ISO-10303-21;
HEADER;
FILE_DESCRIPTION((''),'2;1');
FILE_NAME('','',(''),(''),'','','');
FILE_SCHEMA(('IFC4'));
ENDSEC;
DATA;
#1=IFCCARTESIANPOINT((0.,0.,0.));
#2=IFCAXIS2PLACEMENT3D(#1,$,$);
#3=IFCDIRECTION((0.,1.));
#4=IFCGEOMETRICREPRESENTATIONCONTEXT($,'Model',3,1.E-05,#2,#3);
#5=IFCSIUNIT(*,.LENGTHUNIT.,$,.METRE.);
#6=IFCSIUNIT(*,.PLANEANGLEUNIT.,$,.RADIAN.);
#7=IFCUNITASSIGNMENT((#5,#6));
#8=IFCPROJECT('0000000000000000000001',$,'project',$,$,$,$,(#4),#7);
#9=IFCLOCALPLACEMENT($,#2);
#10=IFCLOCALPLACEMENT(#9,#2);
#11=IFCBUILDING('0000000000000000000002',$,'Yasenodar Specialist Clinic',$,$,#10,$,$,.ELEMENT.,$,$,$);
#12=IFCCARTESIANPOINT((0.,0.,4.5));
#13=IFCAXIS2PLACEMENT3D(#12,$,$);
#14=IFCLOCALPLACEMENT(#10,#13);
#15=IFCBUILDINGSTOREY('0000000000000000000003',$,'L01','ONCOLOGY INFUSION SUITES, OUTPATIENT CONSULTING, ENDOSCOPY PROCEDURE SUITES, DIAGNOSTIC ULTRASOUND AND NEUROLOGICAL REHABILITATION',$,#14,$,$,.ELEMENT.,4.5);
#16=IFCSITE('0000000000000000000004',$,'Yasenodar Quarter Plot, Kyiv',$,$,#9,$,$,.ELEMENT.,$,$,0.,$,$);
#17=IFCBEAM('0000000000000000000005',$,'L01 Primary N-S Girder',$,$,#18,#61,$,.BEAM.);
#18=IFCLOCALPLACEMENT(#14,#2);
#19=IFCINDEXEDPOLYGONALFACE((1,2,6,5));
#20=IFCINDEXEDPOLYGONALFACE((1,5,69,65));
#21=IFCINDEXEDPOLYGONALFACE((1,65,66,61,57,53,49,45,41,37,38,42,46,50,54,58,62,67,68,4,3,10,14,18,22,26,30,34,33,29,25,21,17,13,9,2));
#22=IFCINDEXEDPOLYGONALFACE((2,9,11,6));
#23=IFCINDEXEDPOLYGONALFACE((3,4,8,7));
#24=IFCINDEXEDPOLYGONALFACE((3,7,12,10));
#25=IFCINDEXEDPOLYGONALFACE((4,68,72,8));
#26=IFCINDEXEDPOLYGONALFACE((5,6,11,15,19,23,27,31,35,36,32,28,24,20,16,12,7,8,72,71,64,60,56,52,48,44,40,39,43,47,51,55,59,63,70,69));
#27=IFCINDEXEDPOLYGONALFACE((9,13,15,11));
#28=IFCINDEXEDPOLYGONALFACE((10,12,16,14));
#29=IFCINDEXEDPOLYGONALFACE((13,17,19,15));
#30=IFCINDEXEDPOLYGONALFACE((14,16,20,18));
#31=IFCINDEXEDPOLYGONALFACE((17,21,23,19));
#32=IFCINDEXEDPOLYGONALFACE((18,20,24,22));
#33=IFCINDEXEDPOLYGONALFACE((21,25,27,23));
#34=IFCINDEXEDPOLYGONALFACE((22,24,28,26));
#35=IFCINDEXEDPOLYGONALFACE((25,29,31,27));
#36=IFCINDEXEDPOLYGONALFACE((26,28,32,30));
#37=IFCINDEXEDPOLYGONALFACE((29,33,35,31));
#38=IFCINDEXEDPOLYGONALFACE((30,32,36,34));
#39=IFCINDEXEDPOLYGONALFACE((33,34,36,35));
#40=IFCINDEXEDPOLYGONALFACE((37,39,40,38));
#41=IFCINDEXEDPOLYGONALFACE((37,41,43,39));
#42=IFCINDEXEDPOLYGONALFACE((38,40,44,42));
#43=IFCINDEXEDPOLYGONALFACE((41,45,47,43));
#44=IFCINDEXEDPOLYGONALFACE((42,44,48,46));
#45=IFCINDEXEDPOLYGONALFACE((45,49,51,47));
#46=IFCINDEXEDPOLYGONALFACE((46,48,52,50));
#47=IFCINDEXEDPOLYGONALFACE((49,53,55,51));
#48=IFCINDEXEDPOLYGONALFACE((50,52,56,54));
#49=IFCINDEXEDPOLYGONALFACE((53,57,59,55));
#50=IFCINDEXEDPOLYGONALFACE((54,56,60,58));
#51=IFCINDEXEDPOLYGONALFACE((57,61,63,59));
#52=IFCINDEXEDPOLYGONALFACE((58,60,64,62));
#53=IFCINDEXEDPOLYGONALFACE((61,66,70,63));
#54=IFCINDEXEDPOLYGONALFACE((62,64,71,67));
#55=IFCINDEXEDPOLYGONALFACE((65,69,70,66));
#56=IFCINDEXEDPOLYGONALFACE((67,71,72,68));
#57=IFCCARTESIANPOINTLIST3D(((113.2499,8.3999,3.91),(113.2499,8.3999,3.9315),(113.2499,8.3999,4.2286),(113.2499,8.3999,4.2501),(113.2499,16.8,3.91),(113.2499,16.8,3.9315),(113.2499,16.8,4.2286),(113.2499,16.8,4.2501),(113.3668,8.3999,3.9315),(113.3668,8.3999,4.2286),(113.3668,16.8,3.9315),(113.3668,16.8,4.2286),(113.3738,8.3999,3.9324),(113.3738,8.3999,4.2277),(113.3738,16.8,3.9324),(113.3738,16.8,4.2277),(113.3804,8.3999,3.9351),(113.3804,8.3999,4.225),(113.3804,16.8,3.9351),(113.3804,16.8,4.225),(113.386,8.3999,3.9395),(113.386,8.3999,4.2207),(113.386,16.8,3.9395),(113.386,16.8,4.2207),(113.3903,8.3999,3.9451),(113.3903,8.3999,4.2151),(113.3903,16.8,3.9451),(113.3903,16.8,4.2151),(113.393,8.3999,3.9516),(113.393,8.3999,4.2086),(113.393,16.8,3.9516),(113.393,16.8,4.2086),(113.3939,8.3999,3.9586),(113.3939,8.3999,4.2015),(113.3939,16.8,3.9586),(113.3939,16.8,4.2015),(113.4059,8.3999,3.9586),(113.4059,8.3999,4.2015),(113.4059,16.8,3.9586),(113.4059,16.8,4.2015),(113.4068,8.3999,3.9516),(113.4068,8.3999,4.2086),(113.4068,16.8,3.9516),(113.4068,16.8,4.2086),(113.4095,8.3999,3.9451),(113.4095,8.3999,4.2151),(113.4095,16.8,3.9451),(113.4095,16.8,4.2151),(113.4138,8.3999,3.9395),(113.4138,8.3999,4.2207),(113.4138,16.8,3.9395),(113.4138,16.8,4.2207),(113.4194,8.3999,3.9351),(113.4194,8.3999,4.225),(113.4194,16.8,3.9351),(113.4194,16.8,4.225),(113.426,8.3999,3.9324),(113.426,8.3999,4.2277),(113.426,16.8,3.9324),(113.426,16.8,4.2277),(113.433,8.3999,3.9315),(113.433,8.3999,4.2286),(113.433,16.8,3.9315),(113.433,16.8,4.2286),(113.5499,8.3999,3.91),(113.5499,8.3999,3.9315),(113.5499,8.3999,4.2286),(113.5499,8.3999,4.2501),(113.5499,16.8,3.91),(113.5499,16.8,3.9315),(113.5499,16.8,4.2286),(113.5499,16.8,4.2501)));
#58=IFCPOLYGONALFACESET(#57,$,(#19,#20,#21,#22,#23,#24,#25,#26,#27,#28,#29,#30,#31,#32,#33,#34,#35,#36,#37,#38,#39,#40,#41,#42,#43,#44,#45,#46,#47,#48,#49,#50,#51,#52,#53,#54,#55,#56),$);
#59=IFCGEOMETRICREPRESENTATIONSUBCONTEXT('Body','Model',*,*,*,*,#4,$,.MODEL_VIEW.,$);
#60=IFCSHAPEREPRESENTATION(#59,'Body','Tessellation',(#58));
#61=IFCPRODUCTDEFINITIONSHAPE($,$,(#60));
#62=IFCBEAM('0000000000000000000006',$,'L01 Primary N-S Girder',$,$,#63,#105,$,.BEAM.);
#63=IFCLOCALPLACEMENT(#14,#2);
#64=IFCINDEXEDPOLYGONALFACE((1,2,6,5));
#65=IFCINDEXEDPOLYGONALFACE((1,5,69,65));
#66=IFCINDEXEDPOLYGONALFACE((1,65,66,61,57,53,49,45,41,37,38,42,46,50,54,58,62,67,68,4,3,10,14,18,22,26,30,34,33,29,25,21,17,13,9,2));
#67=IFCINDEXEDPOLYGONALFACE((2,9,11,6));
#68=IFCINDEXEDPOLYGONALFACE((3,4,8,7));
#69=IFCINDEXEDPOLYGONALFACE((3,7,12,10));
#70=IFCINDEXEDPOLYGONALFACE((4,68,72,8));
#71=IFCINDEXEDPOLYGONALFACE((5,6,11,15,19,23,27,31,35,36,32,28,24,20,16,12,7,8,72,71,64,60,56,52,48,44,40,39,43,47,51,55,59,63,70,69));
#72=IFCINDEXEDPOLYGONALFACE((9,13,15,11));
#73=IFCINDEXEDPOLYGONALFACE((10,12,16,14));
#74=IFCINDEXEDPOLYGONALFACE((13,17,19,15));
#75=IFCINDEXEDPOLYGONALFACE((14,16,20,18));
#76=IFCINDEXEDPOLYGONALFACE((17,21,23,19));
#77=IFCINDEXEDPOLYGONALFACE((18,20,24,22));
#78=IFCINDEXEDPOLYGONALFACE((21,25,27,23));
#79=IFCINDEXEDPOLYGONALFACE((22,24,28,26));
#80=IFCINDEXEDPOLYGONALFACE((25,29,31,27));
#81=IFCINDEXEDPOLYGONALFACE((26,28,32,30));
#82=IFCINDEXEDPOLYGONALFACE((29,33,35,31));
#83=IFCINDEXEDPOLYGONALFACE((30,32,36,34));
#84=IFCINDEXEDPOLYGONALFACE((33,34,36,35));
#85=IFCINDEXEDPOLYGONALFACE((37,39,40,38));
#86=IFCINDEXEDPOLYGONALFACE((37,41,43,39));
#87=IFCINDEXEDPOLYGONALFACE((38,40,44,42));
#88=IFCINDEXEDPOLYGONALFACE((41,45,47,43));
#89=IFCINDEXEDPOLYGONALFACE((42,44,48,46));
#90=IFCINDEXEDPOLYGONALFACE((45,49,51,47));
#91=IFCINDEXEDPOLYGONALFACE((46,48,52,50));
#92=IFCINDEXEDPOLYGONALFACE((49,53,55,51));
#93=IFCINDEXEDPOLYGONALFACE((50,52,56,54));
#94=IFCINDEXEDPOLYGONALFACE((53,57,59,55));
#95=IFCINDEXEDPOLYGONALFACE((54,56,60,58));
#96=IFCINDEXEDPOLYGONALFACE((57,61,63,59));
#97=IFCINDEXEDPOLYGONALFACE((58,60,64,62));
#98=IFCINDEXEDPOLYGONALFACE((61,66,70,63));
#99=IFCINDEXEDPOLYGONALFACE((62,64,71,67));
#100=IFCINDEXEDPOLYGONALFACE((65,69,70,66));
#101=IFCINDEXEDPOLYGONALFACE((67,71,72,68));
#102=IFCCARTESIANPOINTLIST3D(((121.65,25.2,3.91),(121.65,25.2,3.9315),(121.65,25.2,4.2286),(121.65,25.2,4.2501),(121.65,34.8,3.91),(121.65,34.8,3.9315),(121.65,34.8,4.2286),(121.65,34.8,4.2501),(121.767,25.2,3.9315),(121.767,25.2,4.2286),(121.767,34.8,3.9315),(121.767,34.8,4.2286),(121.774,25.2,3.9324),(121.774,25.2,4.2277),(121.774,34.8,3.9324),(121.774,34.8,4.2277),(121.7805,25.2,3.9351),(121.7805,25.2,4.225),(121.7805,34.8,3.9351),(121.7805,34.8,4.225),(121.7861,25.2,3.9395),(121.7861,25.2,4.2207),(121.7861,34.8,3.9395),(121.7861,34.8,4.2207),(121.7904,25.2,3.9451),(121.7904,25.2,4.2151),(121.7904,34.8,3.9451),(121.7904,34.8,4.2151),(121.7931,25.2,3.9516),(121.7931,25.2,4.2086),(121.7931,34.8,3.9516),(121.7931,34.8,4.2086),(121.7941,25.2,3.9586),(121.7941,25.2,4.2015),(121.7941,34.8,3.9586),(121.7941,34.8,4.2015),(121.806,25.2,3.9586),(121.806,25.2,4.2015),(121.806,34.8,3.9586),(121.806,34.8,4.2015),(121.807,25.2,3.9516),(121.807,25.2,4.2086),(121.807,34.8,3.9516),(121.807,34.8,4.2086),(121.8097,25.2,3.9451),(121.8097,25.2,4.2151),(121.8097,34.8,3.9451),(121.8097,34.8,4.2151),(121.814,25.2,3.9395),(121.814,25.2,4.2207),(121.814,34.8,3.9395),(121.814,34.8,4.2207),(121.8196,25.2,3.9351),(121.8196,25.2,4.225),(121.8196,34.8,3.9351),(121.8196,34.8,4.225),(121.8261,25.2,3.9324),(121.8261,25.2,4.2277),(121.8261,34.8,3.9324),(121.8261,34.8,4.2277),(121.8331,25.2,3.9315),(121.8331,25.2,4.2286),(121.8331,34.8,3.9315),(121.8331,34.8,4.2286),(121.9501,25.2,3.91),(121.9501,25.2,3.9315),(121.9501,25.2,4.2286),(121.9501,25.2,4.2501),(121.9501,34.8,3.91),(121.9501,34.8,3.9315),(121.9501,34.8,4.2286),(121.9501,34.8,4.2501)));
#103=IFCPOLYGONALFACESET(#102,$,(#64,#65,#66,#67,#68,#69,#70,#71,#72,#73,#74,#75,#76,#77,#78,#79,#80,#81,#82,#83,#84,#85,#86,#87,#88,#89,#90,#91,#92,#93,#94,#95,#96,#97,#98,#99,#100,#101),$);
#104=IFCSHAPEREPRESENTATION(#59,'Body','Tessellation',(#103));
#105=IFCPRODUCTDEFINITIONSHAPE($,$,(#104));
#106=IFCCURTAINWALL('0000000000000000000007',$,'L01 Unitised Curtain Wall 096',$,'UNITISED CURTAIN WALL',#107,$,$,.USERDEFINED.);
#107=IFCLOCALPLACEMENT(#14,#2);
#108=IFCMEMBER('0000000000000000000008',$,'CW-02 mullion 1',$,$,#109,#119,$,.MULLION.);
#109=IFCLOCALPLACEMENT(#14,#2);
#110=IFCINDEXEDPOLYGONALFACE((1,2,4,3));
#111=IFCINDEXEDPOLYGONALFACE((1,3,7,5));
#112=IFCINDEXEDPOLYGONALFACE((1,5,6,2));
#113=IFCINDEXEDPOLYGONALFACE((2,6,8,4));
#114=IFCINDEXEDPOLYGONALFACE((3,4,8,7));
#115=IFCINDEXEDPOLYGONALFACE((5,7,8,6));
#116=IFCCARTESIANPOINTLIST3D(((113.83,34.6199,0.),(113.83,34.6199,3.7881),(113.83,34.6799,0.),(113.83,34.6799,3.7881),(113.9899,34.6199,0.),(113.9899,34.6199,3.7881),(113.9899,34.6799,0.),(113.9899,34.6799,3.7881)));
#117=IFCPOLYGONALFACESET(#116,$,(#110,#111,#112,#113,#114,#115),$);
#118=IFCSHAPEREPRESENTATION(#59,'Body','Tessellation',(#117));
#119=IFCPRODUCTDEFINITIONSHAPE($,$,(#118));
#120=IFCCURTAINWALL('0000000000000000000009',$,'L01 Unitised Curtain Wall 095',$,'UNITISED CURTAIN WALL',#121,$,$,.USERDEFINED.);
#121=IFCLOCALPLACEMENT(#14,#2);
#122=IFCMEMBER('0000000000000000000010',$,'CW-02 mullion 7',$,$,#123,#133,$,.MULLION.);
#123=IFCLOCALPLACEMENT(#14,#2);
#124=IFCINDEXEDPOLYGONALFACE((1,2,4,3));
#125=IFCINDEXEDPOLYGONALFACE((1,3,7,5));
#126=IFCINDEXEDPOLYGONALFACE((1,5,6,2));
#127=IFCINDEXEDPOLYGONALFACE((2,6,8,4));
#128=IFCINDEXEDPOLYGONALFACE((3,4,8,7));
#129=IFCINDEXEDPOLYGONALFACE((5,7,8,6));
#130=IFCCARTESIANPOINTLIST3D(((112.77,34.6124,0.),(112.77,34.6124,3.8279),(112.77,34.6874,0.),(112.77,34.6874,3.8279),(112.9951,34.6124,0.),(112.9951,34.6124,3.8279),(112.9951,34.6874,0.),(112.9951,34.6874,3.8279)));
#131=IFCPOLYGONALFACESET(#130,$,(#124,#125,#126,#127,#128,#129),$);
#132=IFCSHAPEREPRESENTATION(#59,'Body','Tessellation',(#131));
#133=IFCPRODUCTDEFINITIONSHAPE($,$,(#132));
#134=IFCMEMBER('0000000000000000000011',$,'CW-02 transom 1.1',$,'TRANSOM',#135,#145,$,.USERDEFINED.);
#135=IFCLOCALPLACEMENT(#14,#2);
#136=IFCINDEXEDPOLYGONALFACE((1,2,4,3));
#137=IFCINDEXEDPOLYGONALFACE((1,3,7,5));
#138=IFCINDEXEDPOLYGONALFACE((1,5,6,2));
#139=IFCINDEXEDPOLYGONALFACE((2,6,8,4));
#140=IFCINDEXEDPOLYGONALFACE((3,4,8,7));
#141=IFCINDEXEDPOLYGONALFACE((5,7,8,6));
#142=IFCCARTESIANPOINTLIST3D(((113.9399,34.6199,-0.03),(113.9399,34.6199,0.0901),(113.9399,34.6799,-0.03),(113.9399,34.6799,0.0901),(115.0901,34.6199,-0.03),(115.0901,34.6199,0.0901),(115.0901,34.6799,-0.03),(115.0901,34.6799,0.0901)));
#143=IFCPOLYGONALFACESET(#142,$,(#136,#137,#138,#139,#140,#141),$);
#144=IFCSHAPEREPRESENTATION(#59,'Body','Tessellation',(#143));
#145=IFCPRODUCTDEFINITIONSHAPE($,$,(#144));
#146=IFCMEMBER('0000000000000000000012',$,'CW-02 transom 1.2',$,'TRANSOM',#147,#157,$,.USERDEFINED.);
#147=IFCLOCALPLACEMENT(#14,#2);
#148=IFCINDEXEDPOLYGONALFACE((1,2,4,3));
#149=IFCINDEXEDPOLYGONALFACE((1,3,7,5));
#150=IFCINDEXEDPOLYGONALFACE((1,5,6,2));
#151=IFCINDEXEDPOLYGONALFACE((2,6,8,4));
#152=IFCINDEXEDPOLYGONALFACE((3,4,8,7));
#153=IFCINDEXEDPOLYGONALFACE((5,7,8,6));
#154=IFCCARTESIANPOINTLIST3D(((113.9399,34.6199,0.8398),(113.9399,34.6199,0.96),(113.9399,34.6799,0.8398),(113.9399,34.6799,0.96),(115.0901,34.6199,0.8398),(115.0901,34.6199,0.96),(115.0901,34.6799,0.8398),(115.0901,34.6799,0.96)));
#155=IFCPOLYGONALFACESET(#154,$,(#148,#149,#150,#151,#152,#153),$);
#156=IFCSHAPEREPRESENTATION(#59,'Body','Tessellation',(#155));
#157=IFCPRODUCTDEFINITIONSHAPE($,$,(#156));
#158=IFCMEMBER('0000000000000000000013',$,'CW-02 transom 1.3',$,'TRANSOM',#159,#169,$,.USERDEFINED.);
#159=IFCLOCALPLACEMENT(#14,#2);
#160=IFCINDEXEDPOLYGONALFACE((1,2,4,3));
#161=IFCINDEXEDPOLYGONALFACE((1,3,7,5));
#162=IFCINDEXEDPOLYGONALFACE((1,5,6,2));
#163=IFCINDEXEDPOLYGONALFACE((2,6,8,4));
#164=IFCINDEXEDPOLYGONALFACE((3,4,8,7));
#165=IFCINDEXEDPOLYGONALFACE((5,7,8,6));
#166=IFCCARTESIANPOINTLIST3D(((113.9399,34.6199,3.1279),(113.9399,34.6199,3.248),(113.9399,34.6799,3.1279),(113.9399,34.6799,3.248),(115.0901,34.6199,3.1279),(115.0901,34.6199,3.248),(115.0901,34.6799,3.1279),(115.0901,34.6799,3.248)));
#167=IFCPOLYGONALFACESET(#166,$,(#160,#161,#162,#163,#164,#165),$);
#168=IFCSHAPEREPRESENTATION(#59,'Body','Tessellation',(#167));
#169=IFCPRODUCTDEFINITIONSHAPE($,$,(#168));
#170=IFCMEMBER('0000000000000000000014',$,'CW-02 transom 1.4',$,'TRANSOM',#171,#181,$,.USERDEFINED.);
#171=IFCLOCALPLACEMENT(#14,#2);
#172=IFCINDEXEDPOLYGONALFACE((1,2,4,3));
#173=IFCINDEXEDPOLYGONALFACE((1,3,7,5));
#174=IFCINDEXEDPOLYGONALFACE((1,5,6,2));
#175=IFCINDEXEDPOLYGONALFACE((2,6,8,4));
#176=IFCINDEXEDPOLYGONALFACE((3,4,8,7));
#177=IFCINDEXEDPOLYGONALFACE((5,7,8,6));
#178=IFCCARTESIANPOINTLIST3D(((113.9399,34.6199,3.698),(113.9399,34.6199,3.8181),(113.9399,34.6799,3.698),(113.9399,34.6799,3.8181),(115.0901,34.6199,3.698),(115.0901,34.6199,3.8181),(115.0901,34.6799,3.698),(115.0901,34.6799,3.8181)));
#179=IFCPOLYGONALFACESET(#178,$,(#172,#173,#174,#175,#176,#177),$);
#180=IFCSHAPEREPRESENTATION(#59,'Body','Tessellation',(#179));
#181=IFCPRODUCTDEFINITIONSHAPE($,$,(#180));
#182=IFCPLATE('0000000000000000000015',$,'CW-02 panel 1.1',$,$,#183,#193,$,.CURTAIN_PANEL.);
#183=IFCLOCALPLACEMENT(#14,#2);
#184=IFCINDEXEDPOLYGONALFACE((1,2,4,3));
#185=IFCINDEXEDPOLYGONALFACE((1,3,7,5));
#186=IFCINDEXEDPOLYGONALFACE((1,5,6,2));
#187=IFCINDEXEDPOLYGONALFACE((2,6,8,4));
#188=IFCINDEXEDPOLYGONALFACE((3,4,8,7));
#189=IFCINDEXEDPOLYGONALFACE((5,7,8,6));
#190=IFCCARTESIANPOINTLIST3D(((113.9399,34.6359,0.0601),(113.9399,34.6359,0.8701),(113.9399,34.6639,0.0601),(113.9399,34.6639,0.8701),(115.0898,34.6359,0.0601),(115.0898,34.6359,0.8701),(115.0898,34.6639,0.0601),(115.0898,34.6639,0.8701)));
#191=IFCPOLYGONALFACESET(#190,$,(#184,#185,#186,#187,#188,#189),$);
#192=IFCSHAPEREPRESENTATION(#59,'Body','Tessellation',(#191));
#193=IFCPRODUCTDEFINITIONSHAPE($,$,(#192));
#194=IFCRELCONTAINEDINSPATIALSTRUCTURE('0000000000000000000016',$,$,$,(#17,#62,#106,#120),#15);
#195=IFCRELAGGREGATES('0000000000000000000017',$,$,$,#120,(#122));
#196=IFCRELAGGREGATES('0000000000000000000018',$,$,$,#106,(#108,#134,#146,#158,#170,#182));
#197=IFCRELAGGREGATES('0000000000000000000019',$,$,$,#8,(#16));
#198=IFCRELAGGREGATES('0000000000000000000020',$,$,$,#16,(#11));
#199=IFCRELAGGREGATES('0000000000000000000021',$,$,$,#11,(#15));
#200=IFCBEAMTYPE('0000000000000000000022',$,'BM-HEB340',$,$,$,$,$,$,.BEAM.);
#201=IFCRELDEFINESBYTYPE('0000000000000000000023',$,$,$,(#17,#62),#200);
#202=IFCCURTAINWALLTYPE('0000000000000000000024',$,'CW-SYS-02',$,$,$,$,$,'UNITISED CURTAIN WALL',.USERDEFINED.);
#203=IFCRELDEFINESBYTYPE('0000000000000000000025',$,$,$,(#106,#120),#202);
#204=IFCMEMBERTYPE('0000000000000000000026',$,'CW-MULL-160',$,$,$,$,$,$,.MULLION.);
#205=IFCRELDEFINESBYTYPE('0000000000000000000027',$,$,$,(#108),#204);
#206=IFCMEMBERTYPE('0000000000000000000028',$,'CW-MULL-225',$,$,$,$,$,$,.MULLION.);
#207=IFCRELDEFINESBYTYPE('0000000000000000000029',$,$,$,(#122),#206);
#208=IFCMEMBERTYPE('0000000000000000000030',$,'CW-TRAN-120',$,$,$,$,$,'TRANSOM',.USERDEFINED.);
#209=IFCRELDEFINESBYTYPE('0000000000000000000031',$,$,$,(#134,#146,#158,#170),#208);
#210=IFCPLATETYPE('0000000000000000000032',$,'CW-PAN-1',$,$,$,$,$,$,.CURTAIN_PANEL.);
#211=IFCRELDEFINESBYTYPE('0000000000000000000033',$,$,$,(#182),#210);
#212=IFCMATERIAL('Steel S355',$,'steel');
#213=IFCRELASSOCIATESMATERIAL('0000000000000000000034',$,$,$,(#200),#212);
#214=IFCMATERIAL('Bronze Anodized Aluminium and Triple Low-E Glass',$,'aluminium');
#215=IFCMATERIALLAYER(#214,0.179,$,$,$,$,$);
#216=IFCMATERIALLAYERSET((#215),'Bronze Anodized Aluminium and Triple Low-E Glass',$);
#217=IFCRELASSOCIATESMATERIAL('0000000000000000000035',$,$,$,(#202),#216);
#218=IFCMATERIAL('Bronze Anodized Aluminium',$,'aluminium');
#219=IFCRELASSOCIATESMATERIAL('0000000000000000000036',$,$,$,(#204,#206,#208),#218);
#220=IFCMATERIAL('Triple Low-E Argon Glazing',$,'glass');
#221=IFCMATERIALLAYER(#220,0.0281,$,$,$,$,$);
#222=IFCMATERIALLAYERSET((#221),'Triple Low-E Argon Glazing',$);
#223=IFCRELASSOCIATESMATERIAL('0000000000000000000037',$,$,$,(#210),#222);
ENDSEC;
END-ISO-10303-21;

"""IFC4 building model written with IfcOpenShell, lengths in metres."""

from ifc_helpers import new_model, si_unit, direction, frame, origin, origin_2d, place, context, subcontext, project, spatial, rectangle, i_section, extrude, material, layer, layer_set, material_profile, profile_set, type_object, element, aggregate, save


model = new_model("IFC4")

# Units and contexts
model_context = context("Model", 3, precision=1e-05, world=origin(), true_north=direction((0.0, 1.0)))
body_context = subcontext(model_context, "Body", "Model", "MODEL_VIEW")
ifc_project = project(units=[si_unit("LENGTHUNIT", "METRE"), si_unit("PLANEANGLEUNIT", "RADIAN")], contexts=[model_context])

# Site, building, storey
site_placement = place(None, origin())
site = spatial("IfcSite", under=ifc_project, at=site_placement, Name="Yasenodar Quarter Plot, Kyiv", CompositionType="ELEMENT", RefElevation=0.0)
building_placement = place(site_placement, origin())
building = spatial("IfcBuilding", under=site, at=building_placement, Name="Yasenodar Specialist Clinic", CompositionType="ELEMENT")
storey_placement = place(building_placement, frame((0.0, 0.0, 4.5)))
storey = spatial("IfcBuildingStorey", under=building, at=storey_placement, Name="L01", Description="ONCOLOGY INFUSION SUITES, OUTPATIENT CONSULTING, ENDOSCOPY PROCEDURE SUITES, DIAGNOSTIC ULTRASOUND AND NEUROLOGICAL REHABILITATION", CompositionType="ELEMENT", Elevation=4.5)

# Shared definitions
ifc_material_1 = material(Name="Steel S355", Category="steel")

# Beams
ifc_material_profile_1 = material_profile(ifc_material_1, i_section(OverallWidth=0.3, OverallDepth=0.3401, WebThickness=0.012, FlangeThickness=0.0215, FilletRadius=0.0271, at=origin_2d()), Name="HEB 340")
ifc_profile_set_1 = profile_set([ifc_material_profile_1], Name="Steel S355")
beam_type_1 = type_object("IfcBeamType", Name="BM-HEB340", PredefinedType="BEAM", material=ifc_profile_set_1)
beam_1_placement = place(storey_placement, frame((113.3999, 8.3999, 4.0801), z_axis=(0.0, 1.0, 0.0), x_axis=(-1.0, 0.0, 0.0)))
element("IfcBeam", 1, at=beam_1_placement, inside=storey, type_object=beam_type_1, Name="L01 Primary N-S Girder", PredefinedType="BEAM", context=body_context, shape_type="SweptSolid", body=[
    extrude(i_section(OverallWidth=0.3, OverallDepth=0.3401, WebThickness=0.012, FlangeThickness=0.0215, FilletRadius=0.0271, at=origin_2d()), origin(), (0.0, 0.0, 1.0), 8.4001),
])
beam_2_placement = place(storey_placement, frame((121.8, 25.2, 4.0801), z_axis=(0.0, 1.0, 0.0), x_axis=(-1.0, 0.0, 0.0)))
element("IfcBeam", 2, at=beam_2_placement, inside=storey, type_object=beam_type_1, Name="L01 Primary N-S Girder", PredefinedType="BEAM", context=body_context, shape_type="SweptSolid", body=[
    extrude(i_section(OverallWidth=0.3, OverallDepth=0.3401, WebThickness=0.012, FlangeThickness=0.0215, FilletRadius=0.0271, at=origin_2d()), origin(), (0.0, 0.0, 1.0), 9.6001),
])

# Curtain walls, members
ifc_material_2 = material(Name="Bronze Anodized Aluminium and Triple Low-E Glass", Category="aluminium")
ifc_layer_1 = layer(ifc_material_2, 0.179)
ifc_layer_set_1 = layer_set([ifc_layer_1], Name="Bronze Anodized Aluminium and Triple Low-E Glass")
curtain_wall_type = type_object("IfcCurtainWallType", Name="CW-SYS-02", ElementType="UNITISED CURTAIN WALL", PredefinedType="USERDEFINED", material=ifc_layer_set_1)
curtain_wall_1_placement = place(storey_placement, origin())
curtain_wall_1 = element("IfcCurtainWall", 3, at=curtain_wall_1_placement, inside=storey, type_object=curtain_wall_type, Name="L01 Unitised Curtain Wall 096", ObjectType="UNITISED CURTAIN WALL", PredefinedType="USERDEFINED")
ifc_material_3 = material(Name="Bronze Anodized Aluminium", Category="aluminium")
ifc_material_profile_2 = material_profile(ifc_material_3, rectangle(XDim=0.0601, YDim=0.1599, at=origin_2d()), Name="CW-MULL 60x160")
ifc_profile_set_2 = profile_set([ifc_material_profile_2], Name="Bronze Anodized Aluminium")
member_type_1 = type_object("IfcMemberType", Name="CW-MULL-160", PredefinedType="MULLION", material=ifc_profile_set_2)
member_1_placement = place(storey_placement, frame((113.9099, 34.6499, 0.0), z_axis=(0.0, 0.0, 1.0), x_axis=(0.0, 1.0, 0.0)))
member_1 = element("IfcMember", 4, at=member_1_placement, type_object=member_type_1, Name="CW-02 mullion 1", PredefinedType="MULLION", context=body_context, shape_type="SweptSolid", body=[
    extrude(rectangle(XDim=0.0601, YDim=0.1599, at=origin_2d()), origin(), (0.0, 0.0, 1.0), 3.7881),
])
curtain_wall_2_placement = place(storey_placement, origin())
curtain_wall_2 = element("IfcCurtainWall", 5, at=curtain_wall_2_placement, inside=storey, type_object=curtain_wall_type, Name="L01 Unitised Curtain Wall 095", ObjectType="UNITISED CURTAIN WALL", PredefinedType="USERDEFINED")
ifc_material_profile_3 = material_profile(ifc_material_3, rectangle(XDim=0.075, YDim=0.2251, at=origin_2d()), Name="CW-MULL 75x225")
ifc_profile_set_3 = profile_set([ifc_material_profile_3], Name="Bronze Anodized Aluminium")
member_type_2 = type_object("IfcMemberType", Name="CW-MULL-225", PredefinedType="MULLION", material=ifc_profile_set_3)
member_2_placement = place(storey_placement, frame((112.8826, 34.6499, 0.0), z_axis=(0.0, 0.0, 1.0), x_axis=(0.0, 1.0, 0.0)))
member_2 = element("IfcMember", 6, at=member_2_placement, type_object=member_type_2, Name="CW-02 mullion 7", PredefinedType="MULLION", context=body_context, shape_type="SweptSolid", body=[
    extrude(rectangle(XDim=0.075, YDim=0.2251, at=origin_2d()), origin(), (0.0, 0.0, 1.0), 3.8279),
])
aggregate(curtain_wall_2, [member_2])

# Members
ifc_material_profile_4 = material_profile(ifc_material_3, rectangle(XDim=0.0601, YDim=0.1201, at=origin_2d()), Name="CW-TRAN 60x120")
ifc_profile_set_4 = profile_set([ifc_material_profile_4], Name="Bronze Anodized Aluminium")
member_type_3 = type_object("IfcMemberType", Name="CW-TRAN-120", ElementType="TRANSOM", PredefinedType="USERDEFINED", material=ifc_profile_set_4)
member_3_placement = place(storey_placement, frame((113.9399, 34.6499, 0.03), z_axis=(1.0, 0.0, 0.0), x_axis=(0.0, 1.0, 0.0)))
member_3 = element("IfcMember", 7, at=member_3_placement, type_object=member_type_3, Name="CW-02 transom 1.1", ObjectType="TRANSOM", PredefinedType="USERDEFINED", context=body_context, shape_type="SweptSolid", body=[
    extrude(rectangle(XDim=0.0601, YDim=0.1201, at=origin_2d()), origin(), (0.0, 0.0, 1.0), 1.1501),
])
member_4_placement = place(storey_placement, frame((113.9399, 34.6499, 0.8999), z_axis=(1.0, 0.0, 0.0), x_axis=(0.0, 1.0, 0.0)))
member_4 = element("IfcMember", 8, at=member_4_placement, type_object=member_type_3, Name="CW-02 transom 1.2", ObjectType="TRANSOM", PredefinedType="USERDEFINED", context=body_context, shape_type="SweptSolid", body=[
    extrude(rectangle(XDim=0.0601, YDim=0.1201, at=origin_2d()), origin(), (0.0, 0.0, 1.0), 1.1501),
])
member_5_placement = place(storey_placement, frame((113.9399, 34.6499, 3.188), z_axis=(1.0, 0.0, 0.0), x_axis=(0.0, 1.0, 0.0)))
member_5 = element("IfcMember", 9, at=member_5_placement, type_object=member_type_3, Name="CW-02 transom 1.3", ObjectType="TRANSOM", PredefinedType="USERDEFINED", context=body_context, shape_type="SweptSolid", body=[
    extrude(rectangle(XDim=0.0601, YDim=0.1201, at=origin_2d()), origin(), (0.0, 0.0, 1.0), 1.1501),
])
member_6_placement = place(storey_placement, frame((113.9399, 34.6499, 3.7581), z_axis=(1.0, 0.0, 0.0), x_axis=(0.0, 1.0, 0.0)))
member_6 = element("IfcMember", 10, at=member_6_placement, type_object=member_type_3, Name="CW-02 transom 1.4", ObjectType="TRANSOM", PredefinedType="USERDEFINED", context=body_context, shape_type="SweptSolid", body=[
    extrude(rectangle(XDim=0.0601, YDim=0.1201, at=origin_2d()), origin(), (0.0, 0.0, 1.0), 1.1501),
])

# Plate
ifc_material_4 = material(Name="Triple Low-E Argon Glazing", Category="glass")
ifc_layer_2 = layer(ifc_material_4, 0.0281)
ifc_layer_set_2 = layer_set([ifc_layer_2], Name="Triple Low-E Argon Glazing")
plate_type_1 = type_object("IfcPlateType", Name="CW-PAN-1", PredefinedType="CURTAIN_PANEL", material=ifc_layer_set_2)
plate_1_placement = place(storey_placement, frame((114.5149, 34.6499, 0.0601), z_axis=(0.0, 0.0, 1.0), x_axis=(1.0, 0.0, 0.0)))
plate_1 = element("IfcPlate", 11, at=plate_1_placement, type_object=plate_type_1, Name="CW-02 panel 1.1", PredefinedType="CURTAIN_PANEL", context=body_context, shape_type="SweptSolid", body=[
    extrude(rectangle(XDim=1.1499, YDim=0.0281, at=origin_2d()), origin(), (0.0, 0.0, 1.0), 0.8101),
])
aggregate(curtain_wall_1, [member_1, member_3, member_4, member_5, member_6, plate_1])

save(model, "model.ifc")
